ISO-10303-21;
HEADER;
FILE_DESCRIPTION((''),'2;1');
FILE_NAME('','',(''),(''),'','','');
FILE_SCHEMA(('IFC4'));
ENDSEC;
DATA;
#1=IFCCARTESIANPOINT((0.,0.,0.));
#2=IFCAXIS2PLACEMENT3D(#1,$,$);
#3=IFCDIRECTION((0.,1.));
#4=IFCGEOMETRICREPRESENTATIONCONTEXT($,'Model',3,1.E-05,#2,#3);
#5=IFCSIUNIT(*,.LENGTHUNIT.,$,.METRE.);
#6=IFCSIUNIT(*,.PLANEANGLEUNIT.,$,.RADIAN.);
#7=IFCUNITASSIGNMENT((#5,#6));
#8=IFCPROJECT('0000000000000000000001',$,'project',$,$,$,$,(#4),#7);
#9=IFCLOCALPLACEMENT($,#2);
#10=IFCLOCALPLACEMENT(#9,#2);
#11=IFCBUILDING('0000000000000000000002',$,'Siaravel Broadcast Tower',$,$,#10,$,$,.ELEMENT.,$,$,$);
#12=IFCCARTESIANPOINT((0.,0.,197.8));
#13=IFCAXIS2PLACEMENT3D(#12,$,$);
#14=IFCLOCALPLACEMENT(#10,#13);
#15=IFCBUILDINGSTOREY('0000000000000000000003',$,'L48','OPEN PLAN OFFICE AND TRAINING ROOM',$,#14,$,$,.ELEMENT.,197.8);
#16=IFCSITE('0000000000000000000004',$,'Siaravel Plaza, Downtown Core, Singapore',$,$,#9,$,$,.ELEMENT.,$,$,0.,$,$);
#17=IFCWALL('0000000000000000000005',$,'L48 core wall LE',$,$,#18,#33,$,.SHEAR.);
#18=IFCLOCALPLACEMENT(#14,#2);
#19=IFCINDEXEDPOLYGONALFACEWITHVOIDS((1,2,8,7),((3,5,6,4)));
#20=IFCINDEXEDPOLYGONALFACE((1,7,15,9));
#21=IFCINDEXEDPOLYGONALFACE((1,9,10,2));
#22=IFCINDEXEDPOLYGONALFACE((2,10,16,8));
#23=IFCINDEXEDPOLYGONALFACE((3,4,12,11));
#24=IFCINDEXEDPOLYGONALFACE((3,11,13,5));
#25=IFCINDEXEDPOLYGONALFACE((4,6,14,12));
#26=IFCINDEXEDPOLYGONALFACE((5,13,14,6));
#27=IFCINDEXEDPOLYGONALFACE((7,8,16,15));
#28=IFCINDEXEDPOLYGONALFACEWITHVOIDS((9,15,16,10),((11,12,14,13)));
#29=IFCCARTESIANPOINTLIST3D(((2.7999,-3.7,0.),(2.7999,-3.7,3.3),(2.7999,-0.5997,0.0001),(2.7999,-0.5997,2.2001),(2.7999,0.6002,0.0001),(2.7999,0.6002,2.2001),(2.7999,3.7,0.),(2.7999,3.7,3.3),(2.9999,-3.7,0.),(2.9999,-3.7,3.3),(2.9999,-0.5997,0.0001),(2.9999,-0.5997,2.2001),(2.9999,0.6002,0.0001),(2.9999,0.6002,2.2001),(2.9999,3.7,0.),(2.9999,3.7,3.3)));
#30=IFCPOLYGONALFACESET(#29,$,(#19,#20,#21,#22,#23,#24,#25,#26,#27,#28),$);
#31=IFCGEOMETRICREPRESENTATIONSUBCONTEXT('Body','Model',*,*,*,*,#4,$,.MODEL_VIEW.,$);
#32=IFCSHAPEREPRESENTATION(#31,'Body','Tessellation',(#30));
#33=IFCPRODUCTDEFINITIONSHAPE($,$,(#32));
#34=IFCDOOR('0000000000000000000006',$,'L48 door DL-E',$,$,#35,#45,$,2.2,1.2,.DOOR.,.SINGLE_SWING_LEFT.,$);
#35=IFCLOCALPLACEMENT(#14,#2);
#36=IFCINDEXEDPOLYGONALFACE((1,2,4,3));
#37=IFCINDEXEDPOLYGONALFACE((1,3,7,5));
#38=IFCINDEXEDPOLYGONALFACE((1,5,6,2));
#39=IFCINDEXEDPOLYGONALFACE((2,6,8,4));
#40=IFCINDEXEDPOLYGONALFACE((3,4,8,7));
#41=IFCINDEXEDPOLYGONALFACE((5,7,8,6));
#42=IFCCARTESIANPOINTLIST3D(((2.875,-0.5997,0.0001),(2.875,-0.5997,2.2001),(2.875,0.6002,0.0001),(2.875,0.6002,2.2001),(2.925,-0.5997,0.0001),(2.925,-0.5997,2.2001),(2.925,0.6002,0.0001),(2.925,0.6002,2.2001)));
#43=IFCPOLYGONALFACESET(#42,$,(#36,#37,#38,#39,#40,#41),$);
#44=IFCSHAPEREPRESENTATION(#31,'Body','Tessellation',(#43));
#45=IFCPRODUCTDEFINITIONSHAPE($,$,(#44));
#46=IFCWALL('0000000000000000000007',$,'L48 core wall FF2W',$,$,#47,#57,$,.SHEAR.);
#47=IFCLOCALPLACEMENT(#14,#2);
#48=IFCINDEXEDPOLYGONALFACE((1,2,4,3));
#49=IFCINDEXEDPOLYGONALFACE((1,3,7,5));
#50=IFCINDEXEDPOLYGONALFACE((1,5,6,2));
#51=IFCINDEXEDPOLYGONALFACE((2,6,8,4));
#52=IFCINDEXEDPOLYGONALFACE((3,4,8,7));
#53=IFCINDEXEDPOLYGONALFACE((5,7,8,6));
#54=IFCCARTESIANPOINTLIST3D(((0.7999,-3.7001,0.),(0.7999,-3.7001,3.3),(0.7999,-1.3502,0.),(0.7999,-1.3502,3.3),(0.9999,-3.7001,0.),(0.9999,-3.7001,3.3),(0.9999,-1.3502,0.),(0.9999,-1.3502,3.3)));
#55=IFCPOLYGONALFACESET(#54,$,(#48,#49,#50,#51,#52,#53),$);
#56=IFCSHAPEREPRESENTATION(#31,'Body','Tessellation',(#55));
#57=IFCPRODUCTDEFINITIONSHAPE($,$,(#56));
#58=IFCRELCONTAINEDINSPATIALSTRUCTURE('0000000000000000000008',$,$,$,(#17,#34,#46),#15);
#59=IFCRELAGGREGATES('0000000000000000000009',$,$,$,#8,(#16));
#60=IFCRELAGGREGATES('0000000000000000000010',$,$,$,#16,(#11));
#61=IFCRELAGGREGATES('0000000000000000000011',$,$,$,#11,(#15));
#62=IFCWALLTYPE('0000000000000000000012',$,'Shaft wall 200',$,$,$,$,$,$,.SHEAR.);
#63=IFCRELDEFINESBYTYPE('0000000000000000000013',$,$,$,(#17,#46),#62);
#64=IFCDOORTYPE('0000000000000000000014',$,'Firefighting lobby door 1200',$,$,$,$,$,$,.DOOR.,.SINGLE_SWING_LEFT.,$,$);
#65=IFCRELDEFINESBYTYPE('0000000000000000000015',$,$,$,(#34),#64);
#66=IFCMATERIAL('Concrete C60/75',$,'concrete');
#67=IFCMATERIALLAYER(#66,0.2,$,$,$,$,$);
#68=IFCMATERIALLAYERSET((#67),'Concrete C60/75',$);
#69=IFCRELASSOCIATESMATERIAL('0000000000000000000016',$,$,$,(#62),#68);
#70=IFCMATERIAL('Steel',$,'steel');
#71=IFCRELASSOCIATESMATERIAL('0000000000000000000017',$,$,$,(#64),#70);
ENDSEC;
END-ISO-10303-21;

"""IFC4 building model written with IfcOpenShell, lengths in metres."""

from ifc_helpers import new_model, si_unit, direction, frame, frame_2d, origin, place, context, subcontext, project, spatial, rectangle, extrude, material, layer, layer_set, type_object, element, fill, save


model = new_model("IFC4")

# Units and contexts
model_context = context("Model", 3, precision=1e-05, world=origin(), true_north=direction((0.0, 1.0)))
body_context = subcontext(model_context, "Body", "Model", "MODEL_VIEW")
ifc_project = project(units=[si_unit("LENGTHUNIT", "METRE"), si_unit("PLANEANGLEUNIT", "RADIAN")], contexts=[model_context])

# Site, building, storey
site_placement = place(None, origin())
site = spatial("IfcSite", under=ifc_project, at=site_placement, Name="Siaravel Plaza, Downtown Core, Singapore", CompositionType="ELEMENT", RefElevation=0.0)
building_placement = place(site_placement, origin())
building = spatial("IfcBuilding", under=site, at=building_placement, Name="Siaravel Broadcast Tower", CompositionType="ELEMENT")
storey_placement = place(building_placement, frame((0.0, 0.0, 197.8)))
storey = spatial("IfcBuildingStorey", under=building, at=storey_placement, Name="L48", Description="OPEN PLAN OFFICE AND TRAINING ROOM", CompositionType="ELEMENT", Elevation=197.8)

# Shared definitions
ifc_material_1 = material(Name="Concrete C60/75", Category="concrete")

# Shared definitions
ifc_layer_1 = layer(ifc_material_1, 0.2)
ifc_layer_set_1 = layer_set([ifc_layer_1], Name="Concrete C60/75")
wall_type_1 = type_object("IfcWallType", Name="Shaft wall 200", PredefinedType="SHEAR", material=ifc_layer_set_1)

# Wall, opening, door
wall_1_placement = place(storey_placement, frame((2.8999, -3.7, 0.0), z_axis=(0.0, 0.0, 1.0), x_axis=(0.0, 1.0, 0.0)))
wall_1 = element("IfcWall", 1, at=wall_1_placement, inside=storey, type_object=wall_type_1, Name="L48 core wall LE", PredefinedType="SHEAR", context=body_context, shape_type="SweptSolid", body=[
    extrude(rectangle(XDim=7.3999, YDim=0.2, at=frame_2d((3.7, 0.0))), origin(), (0.0, 0.0, 1.0), 3.3),
])
opening_1_placement = place(wall_1_placement, frame((3.1001, 0.0, 0.0)))
opening_1 = element("IfcOpeningElement", 2, at=opening_1_placement, cuts=wall_1, PredefinedType="OPENING", context=body_context, shape_type="SweptSolid", body=[
    extrude(rectangle(XDim=1.2, YDim=2.2, at=frame_2d((0.6001, 1.1001))), frame((0.0, 0.1099, 0.0), z_axis=(0.0, -1.0, 0.0), x_axis=(1.0, 0.0, 0.0)), (0.0, 0.0, 1.0), 0.22),
])
ifc_material_2 = material(Name="Steel", Category="steel")
door_type_1 = type_object("IfcDoorType", Name="Firefighting lobby door 1200", OperationType="SINGLE_SWING_LEFT", PredefinedType="DOOR", material=ifc_material_2)
door_1_placement = place(opening_1_placement, origin())
door_1 = element("IfcDoor", 3, at=door_1_placement, inside=storey, type_object=door_type_1, Name="L48 door DL-E", OperationType="SINGLE_SWING_LEFT", OverallHeight=2.2, OverallWidth=1.2, PredefinedType="DOOR", context=body_context, shape_type="SweptSolid", body=[
    extrude(rectangle(XDim=1.2, YDim=2.2, at=frame_2d((0.6001, 1.1001))), frame((0.0, 0.0249, 0.0), z_axis=(0.0, -1.0, 0.0), x_axis=(1.0, 0.0, 0.0)), (0.0, 0.0, 1.0), 0.05),
])
fill(opening_1, door_1)

# Wall
wall_2_placement = place(storey_placement, frame((0.8999, -3.7, 0.0), z_axis=(0.0, 0.0, 1.0), x_axis=(0.0, 1.0, 0.0)))
element("IfcWall", 4, at=wall_2_placement, inside=storey, type_object=wall_type_1, Name="L48 core wall FF2W", PredefinedType="SHEAR", context=body_context, shape_type="SweptSolid", body=[
    extrude(rectangle(XDim=2.3499, YDim=0.2, at=frame_2d((1.1748, 0.0))), origin(), (0.0, 0.0, 1.0), 3.3),
])

save(model, "model.ifc")
